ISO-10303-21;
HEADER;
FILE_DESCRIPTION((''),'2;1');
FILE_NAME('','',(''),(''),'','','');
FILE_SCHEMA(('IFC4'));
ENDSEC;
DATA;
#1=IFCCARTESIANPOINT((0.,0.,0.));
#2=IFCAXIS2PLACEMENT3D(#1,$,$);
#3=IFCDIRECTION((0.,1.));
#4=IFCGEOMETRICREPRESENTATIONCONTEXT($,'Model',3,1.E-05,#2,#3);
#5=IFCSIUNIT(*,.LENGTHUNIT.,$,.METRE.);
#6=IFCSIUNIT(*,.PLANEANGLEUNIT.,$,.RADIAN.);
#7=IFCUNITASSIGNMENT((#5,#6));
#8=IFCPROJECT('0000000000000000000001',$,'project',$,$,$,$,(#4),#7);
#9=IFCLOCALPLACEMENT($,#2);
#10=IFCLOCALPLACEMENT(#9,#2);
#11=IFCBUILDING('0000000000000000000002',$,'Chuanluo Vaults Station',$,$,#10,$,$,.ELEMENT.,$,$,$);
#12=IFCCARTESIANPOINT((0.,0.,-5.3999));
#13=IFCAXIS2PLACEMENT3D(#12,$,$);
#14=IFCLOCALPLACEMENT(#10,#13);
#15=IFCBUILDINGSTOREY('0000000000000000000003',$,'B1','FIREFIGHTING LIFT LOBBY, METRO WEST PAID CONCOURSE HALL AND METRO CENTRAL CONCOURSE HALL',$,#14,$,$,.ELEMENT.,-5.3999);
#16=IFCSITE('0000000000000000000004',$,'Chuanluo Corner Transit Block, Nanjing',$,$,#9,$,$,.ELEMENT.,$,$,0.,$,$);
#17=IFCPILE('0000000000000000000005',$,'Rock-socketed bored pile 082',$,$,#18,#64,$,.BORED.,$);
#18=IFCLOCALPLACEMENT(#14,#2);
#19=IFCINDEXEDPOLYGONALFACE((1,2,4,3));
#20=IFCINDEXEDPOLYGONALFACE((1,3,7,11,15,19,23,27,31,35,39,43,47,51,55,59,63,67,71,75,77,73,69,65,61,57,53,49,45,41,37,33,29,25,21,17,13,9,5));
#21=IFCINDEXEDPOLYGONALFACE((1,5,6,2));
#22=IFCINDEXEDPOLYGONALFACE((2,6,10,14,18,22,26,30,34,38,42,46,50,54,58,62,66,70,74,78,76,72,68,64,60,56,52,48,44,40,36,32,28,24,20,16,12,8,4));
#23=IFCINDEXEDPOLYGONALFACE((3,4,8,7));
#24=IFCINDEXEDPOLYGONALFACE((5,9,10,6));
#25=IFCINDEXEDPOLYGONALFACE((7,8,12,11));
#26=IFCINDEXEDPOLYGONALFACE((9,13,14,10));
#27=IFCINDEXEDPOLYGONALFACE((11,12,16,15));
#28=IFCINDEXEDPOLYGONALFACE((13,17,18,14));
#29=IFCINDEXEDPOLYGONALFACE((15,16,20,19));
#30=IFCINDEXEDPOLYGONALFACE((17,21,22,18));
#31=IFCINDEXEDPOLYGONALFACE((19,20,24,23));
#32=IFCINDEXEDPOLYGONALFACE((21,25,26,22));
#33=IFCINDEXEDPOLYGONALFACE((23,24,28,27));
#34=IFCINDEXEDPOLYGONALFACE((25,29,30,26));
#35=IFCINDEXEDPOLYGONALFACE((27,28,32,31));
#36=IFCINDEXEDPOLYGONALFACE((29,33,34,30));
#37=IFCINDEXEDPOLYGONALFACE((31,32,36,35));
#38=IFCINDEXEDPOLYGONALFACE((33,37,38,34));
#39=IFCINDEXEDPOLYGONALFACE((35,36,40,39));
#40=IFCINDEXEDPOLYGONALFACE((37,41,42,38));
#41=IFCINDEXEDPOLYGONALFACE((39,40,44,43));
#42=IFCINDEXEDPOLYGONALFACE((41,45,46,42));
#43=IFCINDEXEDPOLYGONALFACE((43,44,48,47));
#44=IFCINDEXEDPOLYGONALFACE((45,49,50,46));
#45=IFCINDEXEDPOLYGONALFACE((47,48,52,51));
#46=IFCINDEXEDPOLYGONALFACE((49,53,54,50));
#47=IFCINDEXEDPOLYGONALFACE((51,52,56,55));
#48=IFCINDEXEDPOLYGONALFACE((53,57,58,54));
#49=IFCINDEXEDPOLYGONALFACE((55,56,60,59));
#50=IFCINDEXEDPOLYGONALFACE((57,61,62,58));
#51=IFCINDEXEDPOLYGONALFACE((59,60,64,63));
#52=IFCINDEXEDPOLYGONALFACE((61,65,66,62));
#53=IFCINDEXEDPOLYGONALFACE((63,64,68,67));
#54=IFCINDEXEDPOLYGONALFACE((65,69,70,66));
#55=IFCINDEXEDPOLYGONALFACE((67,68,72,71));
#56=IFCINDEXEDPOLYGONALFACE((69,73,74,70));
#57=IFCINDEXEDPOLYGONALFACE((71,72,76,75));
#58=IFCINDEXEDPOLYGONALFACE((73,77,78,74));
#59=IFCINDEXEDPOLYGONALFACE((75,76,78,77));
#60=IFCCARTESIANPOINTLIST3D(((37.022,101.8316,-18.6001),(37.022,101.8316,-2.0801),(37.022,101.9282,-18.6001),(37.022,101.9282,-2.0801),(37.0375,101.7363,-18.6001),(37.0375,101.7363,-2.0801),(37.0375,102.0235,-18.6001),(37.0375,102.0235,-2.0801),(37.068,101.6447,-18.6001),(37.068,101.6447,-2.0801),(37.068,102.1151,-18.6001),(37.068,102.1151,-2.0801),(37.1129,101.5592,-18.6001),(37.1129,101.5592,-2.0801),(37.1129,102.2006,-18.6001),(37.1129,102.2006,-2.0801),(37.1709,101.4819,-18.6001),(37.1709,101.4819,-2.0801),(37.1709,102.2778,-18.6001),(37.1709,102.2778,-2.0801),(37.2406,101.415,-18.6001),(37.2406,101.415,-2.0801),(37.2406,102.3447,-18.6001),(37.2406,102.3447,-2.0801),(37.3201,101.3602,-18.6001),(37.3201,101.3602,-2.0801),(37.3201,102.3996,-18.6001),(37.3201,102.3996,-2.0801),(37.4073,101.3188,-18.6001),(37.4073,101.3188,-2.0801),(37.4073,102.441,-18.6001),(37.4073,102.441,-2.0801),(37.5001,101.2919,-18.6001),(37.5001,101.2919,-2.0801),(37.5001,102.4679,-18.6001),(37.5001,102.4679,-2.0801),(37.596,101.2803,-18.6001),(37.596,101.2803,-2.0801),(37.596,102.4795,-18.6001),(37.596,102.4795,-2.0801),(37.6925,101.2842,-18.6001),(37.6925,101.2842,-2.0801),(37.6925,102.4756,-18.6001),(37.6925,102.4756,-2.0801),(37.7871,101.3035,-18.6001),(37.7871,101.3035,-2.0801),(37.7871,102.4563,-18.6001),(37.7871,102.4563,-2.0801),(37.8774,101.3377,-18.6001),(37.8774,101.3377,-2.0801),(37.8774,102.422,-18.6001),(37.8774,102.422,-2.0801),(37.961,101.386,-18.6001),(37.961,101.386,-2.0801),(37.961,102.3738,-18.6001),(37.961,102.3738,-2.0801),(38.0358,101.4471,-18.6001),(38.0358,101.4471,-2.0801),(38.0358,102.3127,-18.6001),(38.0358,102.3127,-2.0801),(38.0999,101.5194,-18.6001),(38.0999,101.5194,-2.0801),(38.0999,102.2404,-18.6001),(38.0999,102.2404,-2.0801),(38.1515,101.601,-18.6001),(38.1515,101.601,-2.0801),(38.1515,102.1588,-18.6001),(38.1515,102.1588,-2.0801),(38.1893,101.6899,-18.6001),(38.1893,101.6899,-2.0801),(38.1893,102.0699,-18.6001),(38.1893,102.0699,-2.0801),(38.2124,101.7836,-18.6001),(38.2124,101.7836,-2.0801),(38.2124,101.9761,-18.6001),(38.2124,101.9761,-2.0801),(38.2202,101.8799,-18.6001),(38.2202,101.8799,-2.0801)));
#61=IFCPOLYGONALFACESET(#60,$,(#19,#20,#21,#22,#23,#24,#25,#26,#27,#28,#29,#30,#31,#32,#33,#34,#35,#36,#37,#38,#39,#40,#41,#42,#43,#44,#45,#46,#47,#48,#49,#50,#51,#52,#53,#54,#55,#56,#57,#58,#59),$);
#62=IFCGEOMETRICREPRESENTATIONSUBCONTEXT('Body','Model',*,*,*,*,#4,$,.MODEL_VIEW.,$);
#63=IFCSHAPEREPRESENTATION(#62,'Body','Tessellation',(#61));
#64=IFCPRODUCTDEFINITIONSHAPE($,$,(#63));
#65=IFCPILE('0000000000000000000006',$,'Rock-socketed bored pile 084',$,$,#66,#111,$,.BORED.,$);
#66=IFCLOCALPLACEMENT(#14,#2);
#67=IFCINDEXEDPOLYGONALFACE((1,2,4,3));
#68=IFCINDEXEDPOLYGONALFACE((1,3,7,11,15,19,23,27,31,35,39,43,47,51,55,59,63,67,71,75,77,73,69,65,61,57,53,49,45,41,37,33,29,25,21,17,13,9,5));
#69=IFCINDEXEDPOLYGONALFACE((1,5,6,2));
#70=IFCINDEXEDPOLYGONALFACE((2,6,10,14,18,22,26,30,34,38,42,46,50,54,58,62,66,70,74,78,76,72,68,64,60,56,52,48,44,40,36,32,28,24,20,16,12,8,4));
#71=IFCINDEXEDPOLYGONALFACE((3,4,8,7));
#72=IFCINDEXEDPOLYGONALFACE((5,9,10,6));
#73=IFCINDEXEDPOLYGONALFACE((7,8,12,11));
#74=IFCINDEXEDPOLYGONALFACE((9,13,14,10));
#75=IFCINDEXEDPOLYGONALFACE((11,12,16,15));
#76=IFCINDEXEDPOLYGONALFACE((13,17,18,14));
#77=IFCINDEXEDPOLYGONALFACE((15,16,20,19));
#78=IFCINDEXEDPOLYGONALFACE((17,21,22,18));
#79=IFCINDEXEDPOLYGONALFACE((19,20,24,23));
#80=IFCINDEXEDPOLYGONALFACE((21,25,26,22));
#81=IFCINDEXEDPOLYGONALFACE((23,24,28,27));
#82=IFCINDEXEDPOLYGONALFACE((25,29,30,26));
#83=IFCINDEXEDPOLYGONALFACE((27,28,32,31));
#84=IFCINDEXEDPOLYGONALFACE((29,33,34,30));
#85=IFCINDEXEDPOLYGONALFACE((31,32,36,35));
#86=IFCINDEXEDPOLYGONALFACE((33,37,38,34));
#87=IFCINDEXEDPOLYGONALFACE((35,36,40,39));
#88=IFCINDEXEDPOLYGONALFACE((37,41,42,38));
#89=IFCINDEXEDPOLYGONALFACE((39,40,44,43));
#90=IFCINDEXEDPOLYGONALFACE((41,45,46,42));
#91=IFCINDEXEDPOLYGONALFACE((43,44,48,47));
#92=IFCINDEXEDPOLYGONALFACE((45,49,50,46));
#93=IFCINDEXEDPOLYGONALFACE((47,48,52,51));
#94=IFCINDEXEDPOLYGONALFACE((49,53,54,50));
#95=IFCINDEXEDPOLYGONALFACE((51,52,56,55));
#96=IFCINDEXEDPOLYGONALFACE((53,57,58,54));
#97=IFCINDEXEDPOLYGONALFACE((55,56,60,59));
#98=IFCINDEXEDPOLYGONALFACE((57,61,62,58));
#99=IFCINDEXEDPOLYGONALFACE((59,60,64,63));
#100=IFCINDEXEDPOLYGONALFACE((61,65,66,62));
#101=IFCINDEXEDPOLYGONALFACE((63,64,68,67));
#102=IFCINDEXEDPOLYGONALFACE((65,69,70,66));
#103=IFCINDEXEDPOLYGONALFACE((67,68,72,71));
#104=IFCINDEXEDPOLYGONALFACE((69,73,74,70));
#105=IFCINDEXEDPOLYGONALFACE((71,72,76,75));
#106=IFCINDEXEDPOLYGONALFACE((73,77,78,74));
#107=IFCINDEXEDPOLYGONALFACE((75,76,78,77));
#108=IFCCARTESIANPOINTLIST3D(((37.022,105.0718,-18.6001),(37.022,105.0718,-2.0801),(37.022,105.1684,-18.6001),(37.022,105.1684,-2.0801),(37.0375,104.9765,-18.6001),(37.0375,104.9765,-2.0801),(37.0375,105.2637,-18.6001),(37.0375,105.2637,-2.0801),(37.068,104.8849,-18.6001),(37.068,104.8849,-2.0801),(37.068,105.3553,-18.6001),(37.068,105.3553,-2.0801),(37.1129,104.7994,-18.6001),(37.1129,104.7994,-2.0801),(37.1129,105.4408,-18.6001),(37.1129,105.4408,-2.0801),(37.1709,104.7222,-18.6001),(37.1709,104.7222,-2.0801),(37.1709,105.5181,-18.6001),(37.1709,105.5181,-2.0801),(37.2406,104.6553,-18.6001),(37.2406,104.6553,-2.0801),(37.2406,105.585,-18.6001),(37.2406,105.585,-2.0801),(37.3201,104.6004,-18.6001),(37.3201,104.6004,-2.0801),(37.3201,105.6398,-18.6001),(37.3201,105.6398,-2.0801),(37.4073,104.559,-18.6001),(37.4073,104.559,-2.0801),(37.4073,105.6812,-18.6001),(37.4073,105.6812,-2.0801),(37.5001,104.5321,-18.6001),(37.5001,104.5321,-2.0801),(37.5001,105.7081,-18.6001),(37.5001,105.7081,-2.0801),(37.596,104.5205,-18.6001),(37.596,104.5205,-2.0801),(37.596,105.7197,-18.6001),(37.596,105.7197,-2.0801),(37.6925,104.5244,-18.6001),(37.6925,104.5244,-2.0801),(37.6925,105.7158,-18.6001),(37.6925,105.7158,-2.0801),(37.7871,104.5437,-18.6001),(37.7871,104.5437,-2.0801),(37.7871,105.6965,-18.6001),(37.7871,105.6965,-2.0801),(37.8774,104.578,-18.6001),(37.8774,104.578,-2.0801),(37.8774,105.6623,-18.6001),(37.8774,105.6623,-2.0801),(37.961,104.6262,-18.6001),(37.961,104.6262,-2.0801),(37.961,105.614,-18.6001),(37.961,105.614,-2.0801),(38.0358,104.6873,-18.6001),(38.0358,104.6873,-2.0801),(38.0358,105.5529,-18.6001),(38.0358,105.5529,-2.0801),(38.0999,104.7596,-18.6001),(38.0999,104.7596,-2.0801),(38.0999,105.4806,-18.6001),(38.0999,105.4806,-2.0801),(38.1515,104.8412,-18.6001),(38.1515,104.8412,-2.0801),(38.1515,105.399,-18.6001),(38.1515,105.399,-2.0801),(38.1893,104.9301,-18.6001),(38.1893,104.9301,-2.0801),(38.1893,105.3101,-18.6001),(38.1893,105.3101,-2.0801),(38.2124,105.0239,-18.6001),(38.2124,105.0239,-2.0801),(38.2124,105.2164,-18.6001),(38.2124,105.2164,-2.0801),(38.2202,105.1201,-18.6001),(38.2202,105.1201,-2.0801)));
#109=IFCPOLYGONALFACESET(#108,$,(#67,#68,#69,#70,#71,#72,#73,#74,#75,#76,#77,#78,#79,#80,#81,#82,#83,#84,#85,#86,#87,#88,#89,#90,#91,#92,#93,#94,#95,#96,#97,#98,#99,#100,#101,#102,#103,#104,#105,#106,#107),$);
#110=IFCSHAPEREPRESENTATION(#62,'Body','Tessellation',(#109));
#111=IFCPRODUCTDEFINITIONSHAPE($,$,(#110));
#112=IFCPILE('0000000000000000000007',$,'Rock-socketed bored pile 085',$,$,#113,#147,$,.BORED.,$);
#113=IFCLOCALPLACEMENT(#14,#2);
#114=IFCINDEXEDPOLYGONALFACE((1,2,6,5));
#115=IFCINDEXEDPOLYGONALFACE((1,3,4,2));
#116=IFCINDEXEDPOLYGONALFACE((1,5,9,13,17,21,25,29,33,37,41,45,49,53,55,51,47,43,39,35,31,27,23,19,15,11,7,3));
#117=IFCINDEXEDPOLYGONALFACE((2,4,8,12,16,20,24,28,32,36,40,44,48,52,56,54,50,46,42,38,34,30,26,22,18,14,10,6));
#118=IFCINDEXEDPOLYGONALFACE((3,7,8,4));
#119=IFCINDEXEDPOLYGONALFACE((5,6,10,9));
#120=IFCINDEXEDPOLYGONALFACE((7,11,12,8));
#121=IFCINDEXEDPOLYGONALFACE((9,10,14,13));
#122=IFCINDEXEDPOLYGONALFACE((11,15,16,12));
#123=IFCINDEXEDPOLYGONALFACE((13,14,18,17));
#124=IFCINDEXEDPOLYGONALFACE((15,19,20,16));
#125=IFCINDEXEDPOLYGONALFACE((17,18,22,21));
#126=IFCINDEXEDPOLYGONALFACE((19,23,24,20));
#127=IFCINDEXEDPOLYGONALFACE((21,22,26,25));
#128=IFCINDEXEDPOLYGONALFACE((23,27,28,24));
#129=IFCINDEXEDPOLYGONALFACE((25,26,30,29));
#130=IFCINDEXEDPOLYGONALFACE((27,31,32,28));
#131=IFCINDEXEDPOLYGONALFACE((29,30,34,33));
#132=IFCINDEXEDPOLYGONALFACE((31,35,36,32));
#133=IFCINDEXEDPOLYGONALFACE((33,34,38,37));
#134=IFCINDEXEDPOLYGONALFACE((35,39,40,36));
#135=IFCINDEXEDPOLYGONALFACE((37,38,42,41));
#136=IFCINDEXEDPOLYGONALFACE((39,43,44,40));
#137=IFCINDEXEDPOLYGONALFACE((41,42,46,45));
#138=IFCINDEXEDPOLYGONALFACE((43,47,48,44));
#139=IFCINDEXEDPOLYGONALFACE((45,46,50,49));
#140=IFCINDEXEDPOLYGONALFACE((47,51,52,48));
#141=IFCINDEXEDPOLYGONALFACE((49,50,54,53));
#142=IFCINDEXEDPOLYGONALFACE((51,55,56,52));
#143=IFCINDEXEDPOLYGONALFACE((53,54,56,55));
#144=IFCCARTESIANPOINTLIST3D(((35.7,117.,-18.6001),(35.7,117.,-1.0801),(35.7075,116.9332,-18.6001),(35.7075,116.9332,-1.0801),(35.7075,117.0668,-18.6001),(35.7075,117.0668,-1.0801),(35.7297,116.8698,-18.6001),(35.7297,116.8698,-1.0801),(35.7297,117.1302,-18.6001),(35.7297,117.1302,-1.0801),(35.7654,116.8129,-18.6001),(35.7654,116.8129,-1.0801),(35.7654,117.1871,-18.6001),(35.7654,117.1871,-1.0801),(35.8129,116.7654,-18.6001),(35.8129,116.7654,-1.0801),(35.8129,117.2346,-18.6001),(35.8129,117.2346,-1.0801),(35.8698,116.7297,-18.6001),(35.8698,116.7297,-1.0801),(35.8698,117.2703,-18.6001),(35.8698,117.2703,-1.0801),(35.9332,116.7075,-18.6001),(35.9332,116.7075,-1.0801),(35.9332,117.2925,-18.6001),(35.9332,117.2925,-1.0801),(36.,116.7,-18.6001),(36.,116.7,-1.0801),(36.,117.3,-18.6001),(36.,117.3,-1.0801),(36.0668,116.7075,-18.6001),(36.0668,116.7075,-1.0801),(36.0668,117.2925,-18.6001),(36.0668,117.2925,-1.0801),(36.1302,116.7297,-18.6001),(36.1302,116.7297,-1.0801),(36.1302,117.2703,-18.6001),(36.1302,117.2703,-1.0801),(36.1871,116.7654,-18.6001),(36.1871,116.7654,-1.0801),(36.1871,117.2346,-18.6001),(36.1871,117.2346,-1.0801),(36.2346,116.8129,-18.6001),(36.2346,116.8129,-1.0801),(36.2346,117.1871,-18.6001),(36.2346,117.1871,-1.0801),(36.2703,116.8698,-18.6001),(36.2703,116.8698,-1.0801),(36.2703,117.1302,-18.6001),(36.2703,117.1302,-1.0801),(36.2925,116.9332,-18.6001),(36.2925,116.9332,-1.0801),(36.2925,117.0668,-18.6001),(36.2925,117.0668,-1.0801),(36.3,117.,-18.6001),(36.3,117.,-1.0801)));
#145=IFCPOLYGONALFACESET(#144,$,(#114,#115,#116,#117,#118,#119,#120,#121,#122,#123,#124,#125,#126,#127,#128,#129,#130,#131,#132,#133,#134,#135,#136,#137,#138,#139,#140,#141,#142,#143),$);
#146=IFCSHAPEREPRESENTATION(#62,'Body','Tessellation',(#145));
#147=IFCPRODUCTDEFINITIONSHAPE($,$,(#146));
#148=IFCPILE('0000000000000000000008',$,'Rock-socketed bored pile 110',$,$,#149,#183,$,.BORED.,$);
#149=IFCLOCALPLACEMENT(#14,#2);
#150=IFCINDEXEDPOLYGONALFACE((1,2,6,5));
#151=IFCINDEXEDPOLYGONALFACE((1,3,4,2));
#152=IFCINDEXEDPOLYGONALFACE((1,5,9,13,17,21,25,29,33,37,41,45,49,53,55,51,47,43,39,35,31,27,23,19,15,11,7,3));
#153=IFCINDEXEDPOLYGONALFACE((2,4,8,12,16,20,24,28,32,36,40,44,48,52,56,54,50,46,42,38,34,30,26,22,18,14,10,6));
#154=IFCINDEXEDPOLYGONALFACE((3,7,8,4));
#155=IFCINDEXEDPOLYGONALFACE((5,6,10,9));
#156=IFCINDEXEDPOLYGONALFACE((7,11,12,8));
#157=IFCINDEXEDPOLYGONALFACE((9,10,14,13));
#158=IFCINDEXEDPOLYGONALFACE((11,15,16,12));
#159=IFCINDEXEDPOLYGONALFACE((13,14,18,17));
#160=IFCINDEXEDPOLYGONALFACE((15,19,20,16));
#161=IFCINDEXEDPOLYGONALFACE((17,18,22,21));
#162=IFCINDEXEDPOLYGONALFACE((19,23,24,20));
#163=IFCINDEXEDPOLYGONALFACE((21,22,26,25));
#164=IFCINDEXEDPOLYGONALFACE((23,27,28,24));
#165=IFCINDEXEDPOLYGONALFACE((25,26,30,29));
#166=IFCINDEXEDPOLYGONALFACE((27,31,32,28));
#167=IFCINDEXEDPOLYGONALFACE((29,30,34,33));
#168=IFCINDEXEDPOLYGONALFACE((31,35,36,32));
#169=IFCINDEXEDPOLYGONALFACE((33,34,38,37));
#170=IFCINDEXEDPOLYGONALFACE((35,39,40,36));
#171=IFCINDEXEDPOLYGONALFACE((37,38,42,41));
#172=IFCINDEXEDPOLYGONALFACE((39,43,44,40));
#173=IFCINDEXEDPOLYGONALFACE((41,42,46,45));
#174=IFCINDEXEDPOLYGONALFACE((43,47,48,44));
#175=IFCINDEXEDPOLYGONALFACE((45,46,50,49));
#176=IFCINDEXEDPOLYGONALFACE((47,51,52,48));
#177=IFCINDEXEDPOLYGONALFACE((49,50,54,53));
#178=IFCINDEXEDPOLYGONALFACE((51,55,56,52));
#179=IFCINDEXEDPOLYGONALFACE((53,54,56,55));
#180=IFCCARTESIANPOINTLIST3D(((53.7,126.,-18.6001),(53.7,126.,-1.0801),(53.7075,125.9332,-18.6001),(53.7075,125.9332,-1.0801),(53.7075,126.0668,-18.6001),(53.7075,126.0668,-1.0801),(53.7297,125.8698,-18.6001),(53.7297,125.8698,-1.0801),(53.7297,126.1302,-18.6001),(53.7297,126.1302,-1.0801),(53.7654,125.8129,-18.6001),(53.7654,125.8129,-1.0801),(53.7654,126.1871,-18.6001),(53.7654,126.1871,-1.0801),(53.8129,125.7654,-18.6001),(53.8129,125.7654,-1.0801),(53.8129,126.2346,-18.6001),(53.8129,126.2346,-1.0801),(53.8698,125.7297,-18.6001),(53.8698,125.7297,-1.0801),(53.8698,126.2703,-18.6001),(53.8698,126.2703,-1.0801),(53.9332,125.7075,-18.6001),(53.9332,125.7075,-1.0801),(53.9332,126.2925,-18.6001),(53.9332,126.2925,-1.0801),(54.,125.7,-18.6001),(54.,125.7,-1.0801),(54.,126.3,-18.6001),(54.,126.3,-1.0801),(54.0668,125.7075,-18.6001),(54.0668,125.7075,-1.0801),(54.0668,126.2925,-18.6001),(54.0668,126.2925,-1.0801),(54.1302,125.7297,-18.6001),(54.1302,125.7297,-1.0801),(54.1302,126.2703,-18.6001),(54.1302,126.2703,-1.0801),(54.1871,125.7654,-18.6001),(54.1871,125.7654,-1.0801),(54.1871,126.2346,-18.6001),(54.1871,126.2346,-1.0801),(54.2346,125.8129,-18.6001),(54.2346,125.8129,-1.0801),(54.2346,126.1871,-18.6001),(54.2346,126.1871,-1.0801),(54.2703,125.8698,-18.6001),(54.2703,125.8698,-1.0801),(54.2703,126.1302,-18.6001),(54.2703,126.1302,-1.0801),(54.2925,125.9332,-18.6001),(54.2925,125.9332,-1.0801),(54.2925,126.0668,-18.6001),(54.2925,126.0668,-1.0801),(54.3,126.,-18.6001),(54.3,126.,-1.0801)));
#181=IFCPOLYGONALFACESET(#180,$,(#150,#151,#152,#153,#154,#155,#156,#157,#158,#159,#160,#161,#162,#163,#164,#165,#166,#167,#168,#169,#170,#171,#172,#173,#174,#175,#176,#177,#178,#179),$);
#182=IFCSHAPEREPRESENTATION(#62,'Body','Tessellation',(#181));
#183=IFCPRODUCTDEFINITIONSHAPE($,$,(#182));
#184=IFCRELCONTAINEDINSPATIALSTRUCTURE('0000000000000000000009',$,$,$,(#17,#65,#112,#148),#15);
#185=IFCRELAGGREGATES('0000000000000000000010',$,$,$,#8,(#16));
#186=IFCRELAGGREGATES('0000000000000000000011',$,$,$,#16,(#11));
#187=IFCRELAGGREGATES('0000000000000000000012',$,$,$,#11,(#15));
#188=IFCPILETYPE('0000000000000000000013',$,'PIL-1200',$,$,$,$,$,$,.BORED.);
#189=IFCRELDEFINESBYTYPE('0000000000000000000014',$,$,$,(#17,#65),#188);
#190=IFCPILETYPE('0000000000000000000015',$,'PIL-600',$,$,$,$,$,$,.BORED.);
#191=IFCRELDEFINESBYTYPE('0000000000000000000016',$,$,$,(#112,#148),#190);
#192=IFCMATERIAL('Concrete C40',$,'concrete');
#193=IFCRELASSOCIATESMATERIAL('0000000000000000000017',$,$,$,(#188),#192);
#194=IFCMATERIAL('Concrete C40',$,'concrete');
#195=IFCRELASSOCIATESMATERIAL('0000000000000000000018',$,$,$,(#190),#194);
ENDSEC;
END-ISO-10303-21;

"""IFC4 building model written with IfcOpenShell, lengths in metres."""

from ifc_helpers import new_model, si_unit, direction, frame, origin, origin_2d, place, context, subcontext, project, spatial, circle, extrude, material, material_profile, profile_set, type_object, element, save


model = new_model("IFC4")

# Units and contexts
model_context = context("Model", 3, precision=1e-05, world=origin(), true_north=direction((0.0, 1.0)))
body_context = subcontext(model_context, "Body", "Model", "MODEL_VIEW")
ifc_project = project(units=[si_unit("LENGTHUNIT", "METRE"), si_unit("PLANEANGLEUNIT", "RADIAN")], contexts=[model_context])

# Site, building, storey
site_placement = place(None, origin())
site = spatial("IfcSite", under=ifc_project, at=site_placement, Name="Chuanluo Corner Transit Block, Nanjing", CompositionType="ELEMENT", RefElevation=0.0)
building_placement = place(site_placement, origin())
building = spatial("IfcBuilding", under=site, at=building_placement, Name="Chuanluo Vaults Station", CompositionType="ELEMENT")
storey_placement = place(building_placement, frame((0.0, 0.0, -5.3999)))
storey = spatial("IfcBuildingStorey", under=building, at=storey_placement, Name="B1", Description="FIREFIGHTING LIFT LOBBY, METRO WEST PAID CONCOURSE HALL AND METRO CENTRAL CONCOURSE HALL", CompositionType="ELEMENT", Elevation=-5.3999)

# Piles
ifc_material_1 = material(Name="Concrete C40", Category="concrete")
ifc_material_profile_1 = material_profile(ifc_material_1, circle(Radius=0.6001, at=origin_2d()))
ifc_profile_set_1 = profile_set([ifc_material_profile_1], Name="Concrete C40")
pile_type_1 = type_object("IfcPileType", Name="PIL-1200", PredefinedType="BORED", material=ifc_profile_set_1)
for number, where, z_axis, x_axis, name in (
    (1, (37.6201, 101.8799, -2.0801), (0.0, 0.0, -1.0), (1.0, 0.0, 0.0), "Rock-socketed bored pile 082"),
    (2, (37.6201, 105.1201, -2.0801), (0.0, 0.0, -1.0), (1.0, 0.0, 0.0), "Rock-socketed bored pile 084"),
):
    element("IfcPile", number, at=place(storey_placement, frame(where, z_axis=z_axis, x_axis=x_axis)), inside=storey, type_object=pile_type_1, Name=name, PredefinedType="BORED", context=body_context, shape_type="SweptSolid", body=[
        extrude(circle(Radius=0.6001, at=origin_2d()), origin(), (0.0, 0.0, 1.0), 16.52),
    ])
ifc_material_2 = material(Name="Concrete C40", Category="concrete")
ifc_material_profile_2 = material_profile(ifc_material_2, circle(Radius=0.3, at=origin_2d()))
ifc_profile_set_2 = profile_set([ifc_material_profile_2], Name="Concrete C40")
pile_type_2 = type_object("IfcPileType", Name="PIL-600", PredefinedType="BORED", material=ifc_profile_set_2)
for number, where, z_axis, x_axis, name in (
    (3, (36.0, 117.0, -1.0801), (0.0, 0.0, -1.0), (1.0, 0.0, 0.0), "Rock-socketed bored pile 085"),
    (4, (54.0, 126.0, -1.0801), (0.0, 0.0, -1.0), (1.0, 0.0, 0.0), "Rock-socketed bored pile 110"),
):
    element("IfcPile", number, at=place(storey_placement, frame(where, z_axis=z_axis, x_axis=x_axis)), inside=storey, type_object=pile_type_2, Name=name, PredefinedType="BORED", context=body_context, shape_type="SweptSolid", body=[
        extrude(circle(Radius=0.3, at=origin_2d()), origin(), (0.0, 0.0, 1.0), 17.52),
    ])

save(model, "model.ifc")
